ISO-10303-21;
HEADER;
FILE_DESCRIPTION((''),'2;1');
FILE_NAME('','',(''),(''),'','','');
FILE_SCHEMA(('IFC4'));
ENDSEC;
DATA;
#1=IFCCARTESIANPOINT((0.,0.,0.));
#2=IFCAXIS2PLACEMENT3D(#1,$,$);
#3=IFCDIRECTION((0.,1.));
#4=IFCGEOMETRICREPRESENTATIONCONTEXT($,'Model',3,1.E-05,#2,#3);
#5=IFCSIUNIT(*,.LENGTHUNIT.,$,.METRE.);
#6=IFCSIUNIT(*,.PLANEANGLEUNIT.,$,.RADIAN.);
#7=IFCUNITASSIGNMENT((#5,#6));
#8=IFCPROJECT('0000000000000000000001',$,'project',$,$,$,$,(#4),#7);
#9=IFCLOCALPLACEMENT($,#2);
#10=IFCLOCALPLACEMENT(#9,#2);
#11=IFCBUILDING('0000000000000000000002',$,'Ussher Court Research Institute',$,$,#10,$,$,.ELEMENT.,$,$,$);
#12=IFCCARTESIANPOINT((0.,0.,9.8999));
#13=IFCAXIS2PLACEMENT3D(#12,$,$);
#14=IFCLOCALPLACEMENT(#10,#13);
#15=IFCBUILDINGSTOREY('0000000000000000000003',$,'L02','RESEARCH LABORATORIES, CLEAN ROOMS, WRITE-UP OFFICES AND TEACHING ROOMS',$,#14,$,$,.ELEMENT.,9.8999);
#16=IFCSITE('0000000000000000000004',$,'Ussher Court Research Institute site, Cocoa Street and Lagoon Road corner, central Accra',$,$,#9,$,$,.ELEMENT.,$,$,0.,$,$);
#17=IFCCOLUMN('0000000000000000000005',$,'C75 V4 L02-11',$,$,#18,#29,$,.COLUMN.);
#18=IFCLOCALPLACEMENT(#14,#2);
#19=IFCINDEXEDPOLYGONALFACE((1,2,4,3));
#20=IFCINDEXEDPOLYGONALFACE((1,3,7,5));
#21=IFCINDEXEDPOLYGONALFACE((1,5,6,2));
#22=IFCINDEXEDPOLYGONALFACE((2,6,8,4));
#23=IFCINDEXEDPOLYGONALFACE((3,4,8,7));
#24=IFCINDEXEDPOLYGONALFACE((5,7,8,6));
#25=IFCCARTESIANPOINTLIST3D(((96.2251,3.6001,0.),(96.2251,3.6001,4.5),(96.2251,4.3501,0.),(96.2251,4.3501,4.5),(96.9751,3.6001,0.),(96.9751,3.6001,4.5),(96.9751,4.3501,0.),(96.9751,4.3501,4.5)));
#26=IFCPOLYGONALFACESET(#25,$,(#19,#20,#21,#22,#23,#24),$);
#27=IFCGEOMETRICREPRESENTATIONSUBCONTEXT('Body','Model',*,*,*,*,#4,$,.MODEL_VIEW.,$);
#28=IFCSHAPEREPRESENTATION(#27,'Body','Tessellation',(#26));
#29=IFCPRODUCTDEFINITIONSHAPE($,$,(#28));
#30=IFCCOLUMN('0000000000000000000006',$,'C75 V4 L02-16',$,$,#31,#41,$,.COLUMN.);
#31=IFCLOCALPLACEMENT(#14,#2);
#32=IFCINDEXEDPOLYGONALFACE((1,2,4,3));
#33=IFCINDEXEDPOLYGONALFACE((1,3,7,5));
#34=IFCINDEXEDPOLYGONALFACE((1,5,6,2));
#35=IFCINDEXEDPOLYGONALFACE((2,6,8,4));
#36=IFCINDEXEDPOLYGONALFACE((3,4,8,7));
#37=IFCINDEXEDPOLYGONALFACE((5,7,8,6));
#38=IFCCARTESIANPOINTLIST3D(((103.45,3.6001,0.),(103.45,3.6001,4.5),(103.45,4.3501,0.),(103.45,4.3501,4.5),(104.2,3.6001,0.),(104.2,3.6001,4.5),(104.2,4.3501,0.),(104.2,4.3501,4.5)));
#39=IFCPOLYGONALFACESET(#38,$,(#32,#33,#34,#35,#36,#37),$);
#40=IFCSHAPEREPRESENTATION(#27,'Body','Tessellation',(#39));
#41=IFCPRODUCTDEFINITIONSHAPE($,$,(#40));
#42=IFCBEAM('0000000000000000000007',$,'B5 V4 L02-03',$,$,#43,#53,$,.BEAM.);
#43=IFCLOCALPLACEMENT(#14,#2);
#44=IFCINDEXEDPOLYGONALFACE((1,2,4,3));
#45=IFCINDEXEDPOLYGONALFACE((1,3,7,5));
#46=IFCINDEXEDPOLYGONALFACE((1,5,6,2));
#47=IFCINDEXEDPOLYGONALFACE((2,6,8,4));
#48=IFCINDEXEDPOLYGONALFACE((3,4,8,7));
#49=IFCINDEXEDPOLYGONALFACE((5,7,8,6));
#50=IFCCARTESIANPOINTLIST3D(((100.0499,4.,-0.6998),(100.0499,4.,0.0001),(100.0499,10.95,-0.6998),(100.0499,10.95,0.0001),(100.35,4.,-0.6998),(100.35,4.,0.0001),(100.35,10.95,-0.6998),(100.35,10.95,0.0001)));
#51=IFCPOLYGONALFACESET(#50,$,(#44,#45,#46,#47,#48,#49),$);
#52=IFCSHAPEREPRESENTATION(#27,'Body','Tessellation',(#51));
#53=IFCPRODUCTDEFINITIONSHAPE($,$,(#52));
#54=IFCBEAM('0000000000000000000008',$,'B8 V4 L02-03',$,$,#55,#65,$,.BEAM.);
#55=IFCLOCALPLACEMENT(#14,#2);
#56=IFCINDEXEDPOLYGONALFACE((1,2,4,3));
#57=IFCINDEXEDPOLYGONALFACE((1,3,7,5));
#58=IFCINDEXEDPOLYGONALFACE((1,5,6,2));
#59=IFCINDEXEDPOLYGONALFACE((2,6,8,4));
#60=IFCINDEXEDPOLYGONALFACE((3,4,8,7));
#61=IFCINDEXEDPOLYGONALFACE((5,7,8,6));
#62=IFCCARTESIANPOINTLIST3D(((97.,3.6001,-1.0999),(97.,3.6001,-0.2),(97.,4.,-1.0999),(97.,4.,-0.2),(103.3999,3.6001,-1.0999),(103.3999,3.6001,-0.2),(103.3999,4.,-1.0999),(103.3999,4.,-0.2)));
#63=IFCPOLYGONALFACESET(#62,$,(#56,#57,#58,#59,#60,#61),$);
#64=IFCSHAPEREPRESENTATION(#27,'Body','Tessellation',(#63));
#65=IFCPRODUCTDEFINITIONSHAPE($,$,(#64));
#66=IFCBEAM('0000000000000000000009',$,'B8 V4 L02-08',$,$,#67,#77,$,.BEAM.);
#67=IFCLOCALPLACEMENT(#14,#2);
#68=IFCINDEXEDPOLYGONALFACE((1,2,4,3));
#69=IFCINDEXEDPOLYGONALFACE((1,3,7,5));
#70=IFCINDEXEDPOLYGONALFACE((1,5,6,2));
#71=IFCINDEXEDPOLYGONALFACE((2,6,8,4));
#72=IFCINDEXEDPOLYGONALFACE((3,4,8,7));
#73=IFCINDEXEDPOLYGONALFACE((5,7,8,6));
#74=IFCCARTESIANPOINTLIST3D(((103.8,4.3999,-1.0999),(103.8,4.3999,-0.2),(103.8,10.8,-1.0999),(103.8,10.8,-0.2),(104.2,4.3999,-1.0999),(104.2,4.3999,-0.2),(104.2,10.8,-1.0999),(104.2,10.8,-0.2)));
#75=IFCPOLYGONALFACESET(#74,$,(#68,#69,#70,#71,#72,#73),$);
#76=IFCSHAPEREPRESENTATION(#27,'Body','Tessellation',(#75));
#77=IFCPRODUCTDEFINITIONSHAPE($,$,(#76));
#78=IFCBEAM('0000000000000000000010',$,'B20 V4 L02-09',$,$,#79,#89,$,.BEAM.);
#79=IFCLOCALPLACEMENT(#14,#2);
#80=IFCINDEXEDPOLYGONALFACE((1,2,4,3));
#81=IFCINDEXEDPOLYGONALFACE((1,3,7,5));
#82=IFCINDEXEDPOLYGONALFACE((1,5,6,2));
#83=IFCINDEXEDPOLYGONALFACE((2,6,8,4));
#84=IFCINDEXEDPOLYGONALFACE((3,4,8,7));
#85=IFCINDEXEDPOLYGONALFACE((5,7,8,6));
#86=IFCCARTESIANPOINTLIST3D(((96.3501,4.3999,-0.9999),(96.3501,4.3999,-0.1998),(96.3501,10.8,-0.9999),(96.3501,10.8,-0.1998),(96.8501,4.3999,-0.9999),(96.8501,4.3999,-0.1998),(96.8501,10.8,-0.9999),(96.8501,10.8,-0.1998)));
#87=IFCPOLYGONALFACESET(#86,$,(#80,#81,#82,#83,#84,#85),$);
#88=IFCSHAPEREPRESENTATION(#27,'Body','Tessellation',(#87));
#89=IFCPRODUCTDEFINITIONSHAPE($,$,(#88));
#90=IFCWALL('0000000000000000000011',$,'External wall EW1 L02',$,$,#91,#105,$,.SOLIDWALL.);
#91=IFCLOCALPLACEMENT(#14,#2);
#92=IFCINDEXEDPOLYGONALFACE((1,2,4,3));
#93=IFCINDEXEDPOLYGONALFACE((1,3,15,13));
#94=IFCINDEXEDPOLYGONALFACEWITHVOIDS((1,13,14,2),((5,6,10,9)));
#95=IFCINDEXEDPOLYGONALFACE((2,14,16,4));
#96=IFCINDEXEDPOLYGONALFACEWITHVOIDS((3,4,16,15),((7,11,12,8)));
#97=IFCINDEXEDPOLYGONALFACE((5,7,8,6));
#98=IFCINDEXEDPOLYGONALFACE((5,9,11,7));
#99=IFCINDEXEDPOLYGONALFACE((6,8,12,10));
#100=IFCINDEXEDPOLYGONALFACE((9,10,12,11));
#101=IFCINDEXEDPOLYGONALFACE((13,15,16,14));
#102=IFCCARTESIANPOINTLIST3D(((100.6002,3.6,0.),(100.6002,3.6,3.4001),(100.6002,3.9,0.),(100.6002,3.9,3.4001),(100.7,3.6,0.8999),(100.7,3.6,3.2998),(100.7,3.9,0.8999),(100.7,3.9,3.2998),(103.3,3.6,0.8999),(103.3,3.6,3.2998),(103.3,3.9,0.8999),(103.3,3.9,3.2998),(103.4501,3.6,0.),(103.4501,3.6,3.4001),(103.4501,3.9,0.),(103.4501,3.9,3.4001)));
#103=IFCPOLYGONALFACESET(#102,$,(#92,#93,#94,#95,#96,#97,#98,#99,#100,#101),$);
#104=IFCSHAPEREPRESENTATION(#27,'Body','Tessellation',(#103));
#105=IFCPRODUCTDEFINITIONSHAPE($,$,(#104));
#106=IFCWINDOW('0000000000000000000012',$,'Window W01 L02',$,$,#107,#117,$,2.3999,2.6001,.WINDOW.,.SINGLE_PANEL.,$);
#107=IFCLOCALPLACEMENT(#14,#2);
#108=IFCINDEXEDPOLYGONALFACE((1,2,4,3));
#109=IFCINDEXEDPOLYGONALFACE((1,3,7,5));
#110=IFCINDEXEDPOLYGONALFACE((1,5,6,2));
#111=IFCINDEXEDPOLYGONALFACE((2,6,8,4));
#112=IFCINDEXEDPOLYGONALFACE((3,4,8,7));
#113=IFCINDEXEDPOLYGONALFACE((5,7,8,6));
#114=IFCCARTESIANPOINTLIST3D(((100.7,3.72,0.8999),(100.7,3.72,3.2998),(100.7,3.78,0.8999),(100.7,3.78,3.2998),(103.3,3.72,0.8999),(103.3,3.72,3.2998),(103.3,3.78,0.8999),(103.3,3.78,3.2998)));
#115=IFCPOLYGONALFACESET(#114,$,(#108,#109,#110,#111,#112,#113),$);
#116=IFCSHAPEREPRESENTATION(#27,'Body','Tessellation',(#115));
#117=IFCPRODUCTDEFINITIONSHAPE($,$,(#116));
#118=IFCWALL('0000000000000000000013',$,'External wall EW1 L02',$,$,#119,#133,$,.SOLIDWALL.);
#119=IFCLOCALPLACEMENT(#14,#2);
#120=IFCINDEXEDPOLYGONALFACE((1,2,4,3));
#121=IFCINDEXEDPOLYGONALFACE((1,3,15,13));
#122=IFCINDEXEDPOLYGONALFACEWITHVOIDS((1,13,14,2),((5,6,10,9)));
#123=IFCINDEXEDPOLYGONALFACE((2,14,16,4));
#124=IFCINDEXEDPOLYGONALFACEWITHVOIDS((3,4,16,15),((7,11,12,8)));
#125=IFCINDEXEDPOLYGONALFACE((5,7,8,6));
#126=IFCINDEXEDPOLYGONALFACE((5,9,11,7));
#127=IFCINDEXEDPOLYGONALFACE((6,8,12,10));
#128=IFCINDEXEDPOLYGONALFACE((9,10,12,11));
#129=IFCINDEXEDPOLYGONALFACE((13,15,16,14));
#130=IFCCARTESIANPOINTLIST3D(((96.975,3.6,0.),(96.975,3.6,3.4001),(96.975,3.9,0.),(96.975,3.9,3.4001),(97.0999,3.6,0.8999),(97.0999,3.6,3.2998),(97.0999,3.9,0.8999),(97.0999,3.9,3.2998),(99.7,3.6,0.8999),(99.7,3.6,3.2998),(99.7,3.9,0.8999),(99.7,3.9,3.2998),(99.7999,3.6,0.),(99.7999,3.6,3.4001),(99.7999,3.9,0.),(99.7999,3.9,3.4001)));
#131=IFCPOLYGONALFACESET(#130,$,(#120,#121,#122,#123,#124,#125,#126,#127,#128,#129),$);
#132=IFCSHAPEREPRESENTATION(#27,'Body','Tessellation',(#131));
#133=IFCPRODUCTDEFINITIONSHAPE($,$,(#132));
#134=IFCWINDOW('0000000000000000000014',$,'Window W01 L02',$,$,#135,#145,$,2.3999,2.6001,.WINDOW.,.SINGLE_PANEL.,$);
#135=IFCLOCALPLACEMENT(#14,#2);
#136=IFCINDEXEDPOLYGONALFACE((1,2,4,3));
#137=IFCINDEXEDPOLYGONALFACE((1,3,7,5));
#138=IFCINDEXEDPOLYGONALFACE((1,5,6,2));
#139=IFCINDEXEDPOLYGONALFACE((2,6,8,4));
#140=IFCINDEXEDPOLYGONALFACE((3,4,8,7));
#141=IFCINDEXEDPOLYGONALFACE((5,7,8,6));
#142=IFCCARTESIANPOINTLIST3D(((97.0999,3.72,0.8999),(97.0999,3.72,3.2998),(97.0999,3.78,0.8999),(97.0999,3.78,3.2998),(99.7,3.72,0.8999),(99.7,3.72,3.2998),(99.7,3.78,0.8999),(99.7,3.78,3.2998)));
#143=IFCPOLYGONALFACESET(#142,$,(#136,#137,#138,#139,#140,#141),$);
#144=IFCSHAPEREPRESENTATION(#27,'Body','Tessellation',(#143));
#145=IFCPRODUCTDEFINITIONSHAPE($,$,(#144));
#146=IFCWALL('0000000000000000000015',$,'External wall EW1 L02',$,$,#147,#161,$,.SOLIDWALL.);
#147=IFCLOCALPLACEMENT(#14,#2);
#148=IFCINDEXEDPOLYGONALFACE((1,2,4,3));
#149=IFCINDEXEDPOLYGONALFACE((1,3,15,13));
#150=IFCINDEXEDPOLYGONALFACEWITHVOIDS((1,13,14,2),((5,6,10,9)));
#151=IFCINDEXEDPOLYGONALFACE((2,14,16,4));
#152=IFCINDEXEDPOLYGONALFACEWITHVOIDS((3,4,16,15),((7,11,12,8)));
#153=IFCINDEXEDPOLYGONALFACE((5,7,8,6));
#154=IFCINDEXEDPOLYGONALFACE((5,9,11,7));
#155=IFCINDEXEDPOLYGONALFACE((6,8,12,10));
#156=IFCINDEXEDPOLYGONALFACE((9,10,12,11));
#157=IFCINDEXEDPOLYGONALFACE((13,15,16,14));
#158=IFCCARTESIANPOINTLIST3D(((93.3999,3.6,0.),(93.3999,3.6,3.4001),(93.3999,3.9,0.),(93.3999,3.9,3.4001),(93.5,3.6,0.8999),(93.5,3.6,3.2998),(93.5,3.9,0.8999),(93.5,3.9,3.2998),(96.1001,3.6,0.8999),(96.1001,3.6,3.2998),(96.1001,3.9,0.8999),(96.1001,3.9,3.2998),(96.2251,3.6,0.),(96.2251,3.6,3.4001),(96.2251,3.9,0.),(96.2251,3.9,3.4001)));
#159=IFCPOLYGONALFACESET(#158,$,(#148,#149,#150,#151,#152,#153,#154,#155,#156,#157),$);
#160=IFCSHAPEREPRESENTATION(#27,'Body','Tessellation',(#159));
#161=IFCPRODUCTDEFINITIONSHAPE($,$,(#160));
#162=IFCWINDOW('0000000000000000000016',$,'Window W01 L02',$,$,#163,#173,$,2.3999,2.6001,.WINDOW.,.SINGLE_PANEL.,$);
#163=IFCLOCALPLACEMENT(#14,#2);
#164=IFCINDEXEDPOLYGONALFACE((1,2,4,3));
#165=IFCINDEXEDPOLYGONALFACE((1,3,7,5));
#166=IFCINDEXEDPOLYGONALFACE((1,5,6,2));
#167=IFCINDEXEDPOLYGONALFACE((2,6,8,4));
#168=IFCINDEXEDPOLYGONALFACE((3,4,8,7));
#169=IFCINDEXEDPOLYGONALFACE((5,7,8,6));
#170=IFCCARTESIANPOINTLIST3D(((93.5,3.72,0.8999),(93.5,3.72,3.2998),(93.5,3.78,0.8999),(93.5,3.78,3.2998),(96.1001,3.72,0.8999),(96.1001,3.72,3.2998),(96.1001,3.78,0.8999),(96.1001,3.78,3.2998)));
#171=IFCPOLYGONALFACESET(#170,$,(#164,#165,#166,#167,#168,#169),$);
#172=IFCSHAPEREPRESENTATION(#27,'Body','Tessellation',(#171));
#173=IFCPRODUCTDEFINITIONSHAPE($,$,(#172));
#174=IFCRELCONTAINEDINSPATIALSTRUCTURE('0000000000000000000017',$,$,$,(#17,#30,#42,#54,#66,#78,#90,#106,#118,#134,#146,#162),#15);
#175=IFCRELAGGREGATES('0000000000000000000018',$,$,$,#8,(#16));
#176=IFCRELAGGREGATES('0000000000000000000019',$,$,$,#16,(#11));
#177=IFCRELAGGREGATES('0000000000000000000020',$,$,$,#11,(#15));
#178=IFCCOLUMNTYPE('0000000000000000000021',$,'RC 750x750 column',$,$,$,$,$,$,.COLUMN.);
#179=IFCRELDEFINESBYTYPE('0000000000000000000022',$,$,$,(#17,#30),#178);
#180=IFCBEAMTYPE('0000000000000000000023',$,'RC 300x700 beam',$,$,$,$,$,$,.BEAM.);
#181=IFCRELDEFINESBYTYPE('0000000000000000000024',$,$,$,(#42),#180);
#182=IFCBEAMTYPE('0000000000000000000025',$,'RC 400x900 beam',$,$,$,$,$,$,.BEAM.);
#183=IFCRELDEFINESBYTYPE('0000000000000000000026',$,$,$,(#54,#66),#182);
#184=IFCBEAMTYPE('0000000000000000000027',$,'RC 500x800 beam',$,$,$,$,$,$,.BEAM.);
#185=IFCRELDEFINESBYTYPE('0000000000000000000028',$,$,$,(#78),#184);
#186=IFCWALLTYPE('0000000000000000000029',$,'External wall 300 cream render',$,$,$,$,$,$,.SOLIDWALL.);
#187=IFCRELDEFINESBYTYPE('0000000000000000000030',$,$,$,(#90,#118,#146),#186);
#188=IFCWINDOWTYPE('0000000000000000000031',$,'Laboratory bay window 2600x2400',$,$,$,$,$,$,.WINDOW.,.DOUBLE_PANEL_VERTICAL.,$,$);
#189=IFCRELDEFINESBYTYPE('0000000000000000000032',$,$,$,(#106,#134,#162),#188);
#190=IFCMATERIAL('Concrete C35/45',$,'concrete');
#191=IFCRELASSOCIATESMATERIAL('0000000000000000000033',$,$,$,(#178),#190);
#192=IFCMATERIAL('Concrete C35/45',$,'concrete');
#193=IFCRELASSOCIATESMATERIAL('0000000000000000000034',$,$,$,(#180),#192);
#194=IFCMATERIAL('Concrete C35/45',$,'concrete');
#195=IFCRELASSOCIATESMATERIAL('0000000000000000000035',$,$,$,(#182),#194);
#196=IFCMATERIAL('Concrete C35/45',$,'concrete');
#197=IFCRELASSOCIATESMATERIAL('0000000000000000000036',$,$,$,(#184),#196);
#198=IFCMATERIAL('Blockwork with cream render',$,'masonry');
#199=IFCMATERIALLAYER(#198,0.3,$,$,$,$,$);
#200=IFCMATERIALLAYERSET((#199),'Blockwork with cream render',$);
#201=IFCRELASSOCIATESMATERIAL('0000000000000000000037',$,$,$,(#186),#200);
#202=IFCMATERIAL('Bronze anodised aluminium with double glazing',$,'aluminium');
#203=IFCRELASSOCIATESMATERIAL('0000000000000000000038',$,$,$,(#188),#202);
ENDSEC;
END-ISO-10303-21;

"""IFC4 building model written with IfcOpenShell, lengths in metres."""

from ifc_helpers import new_model, si_unit, direction, frame, frame_2d, origin, origin_2d, place, context, subcontext, project, spatial, rectangle, extrude, material, layer, layer_set, material_profile, profile_set, type_object, element, fill, save


model = new_model("IFC4")

# Units and contexts
model_context = context("Model", 3, precision=1e-05, world=origin(), true_north=direction((0.0, 1.0)))
body_context = subcontext(model_context, "Body", "Model", "MODEL_VIEW")
ifc_project = project(units=[si_unit("LENGTHUNIT", "METRE"), si_unit("PLANEANGLEUNIT", "RADIAN")], contexts=[model_context])

# Site, building, storey
site_placement = place(None, origin())
site = spatial("IfcSite", under=ifc_project, at=site_placement, Name="Ussher Court Research Institute site, Cocoa Street and Lagoon Road corner, central Accra", CompositionType="ELEMENT", RefElevation=0.0)
building_placement = place(site_placement, origin())
building = spatial("IfcBuilding", under=site, at=building_placement, Name="Ussher Court Research Institute", CompositionType="ELEMENT")
storey_placement = place(building_placement, frame((0.0, 0.0, 9.8999)))
storey = spatial("IfcBuildingStorey", under=building, at=storey_placement, Name="L02", Description="RESEARCH LABORATORIES, CLEAN ROOMS, WRITE-UP OFFICES AND TEACHING ROOMS", CompositionType="ELEMENT", Elevation=9.8999)

# Columns
ifc_material_1 = material(Name="Concrete C35/45", Category="concrete")
ifc_material_profile_1 = material_profile(ifc_material_1, rectangle(XDim=0.75, YDim=0.75, at=origin_2d()), Name="RC 750x750")
ifc_profile_set_1 = profile_set([ifc_material_profile_1], Name="Concrete C35/45")
column_type = type_object("IfcColumnType", Name="RC 750x750 column", PredefinedType="COLUMN", material=ifc_profile_set_1)
for number, where, z_axis, x_axis, name in (
    (1, (96.6001, 3.9751, 0.0), (0.0, 0.0, 1.0), (1.0, 0.0, 0.0), "C75 V4 L02-11"),
    (2, (103.825, 3.9751, 0.0), (0.0, 0.0, 1.0), (1.0, 0.0, 0.0), "C75 V4 L02-16"),
):
    element("IfcColumn", number, at=place(storey_placement, frame(where, z_axis=z_axis, x_axis=x_axis)), inside=storey, type_object=column_type, Name=name, PredefinedType="COLUMN", context=body_context, shape_type="SweptSolid", body=[
        extrude(rectangle(XDim=0.75, YDim=0.75, at=origin_2d()), origin(), (0.0, 0.0, 1.0), 4.5),
    ])

# Beams
ifc_material_2 = material(Name="Concrete C35/45", Category="concrete")
ifc_material_profile_2 = material_profile(ifc_material_2, rectangle(XDim=0.3, YDim=0.7, at=origin_2d()), Name="RC 300x700")
ifc_profile_set_2 = profile_set([ifc_material_profile_2], Name="Concrete C35/45")
beam_type_1 = type_object("IfcBeamType", Name="RC 300x700 beam", PredefinedType="BEAM", material=ifc_profile_set_2)
beam_1_placement = place(storey_placement, frame((100.2, 4.0, -0.3499), z_axis=(0.0, 1.0, 0.0), x_axis=(-1.0, 0.0, 0.0)))
element("IfcBeam", 3, at=beam_1_placement, inside=storey, type_object=beam_type_1, Name="B5 V4 L02-03", PredefinedType="BEAM", context=body_context, shape_type="SweptSolid", body=[
    extrude(rectangle(XDim=0.3, YDim=0.7, at=origin_2d()), origin(), (0.0, 0.0, 1.0), 6.95),
])
ifc_material_3 = material(Name="Concrete C35/45", Category="concrete")
ifc_material_profile_3 = material_profile(ifc_material_3, rectangle(XDim=0.3999, YDim=0.8999, at=origin_2d()), Name="RC 400x900")
ifc_profile_set_3 = profile_set([ifc_material_profile_3], Name="Concrete C35/45")
beam_type_2 = type_object("IfcBeamType", Name="RC 400x900 beam", PredefinedType="BEAM", material=ifc_profile_set_3)
beam_2_placement = place(storey_placement, frame((97.0, 3.8, -0.6499), z_axis=(1.0, 0.0, 0.0), x_axis=(0.0, 1.0, 0.0)))
element("IfcBeam", 4, at=beam_2_placement, inside=storey, type_object=beam_type_2, Name="B8 V4 L02-03", PredefinedType="BEAM", context=body_context, shape_type="SweptSolid", body=[
    extrude(rectangle(XDim=0.3999, YDim=0.8999, at=origin_2d()), origin(), (0.0, 0.0, 1.0), 6.3999),
])
beam_3_placement = place(storey_placement, frame((104.0, 4.3999, -0.6499), z_axis=(0.0, 1.0, 0.0), x_axis=(-1.0, 0.0, 0.0)))
element("IfcBeam", 5, at=beam_3_placement, inside=storey, type_object=beam_type_2, Name="B8 V4 L02-08", PredefinedType="BEAM", context=body_context, shape_type="SweptSolid", body=[
    extrude(rectangle(XDim=0.3999, YDim=0.8999, at=origin_2d()), origin(), (0.0, 0.0, 1.0), 6.4001),
])
ifc_material_4 = material(Name="Concrete C35/45", Category="concrete")
ifc_material_profile_4 = material_profile(ifc_material_4, rectangle(XDim=0.5, YDim=0.8, at=origin_2d()), Name="RC 500x800")
ifc_profile_set_4 = profile_set([ifc_material_profile_4], Name="Concrete C35/45")
beam_type_3 = type_object("IfcBeamType", Name="RC 500x800 beam", PredefinedType="BEAM", material=ifc_profile_set_4)
beam_4_placement = place(storey_placement, frame((96.6001, 4.3999, -0.5999), z_axis=(0.0, 1.0, 0.0), x_axis=(-1.0, 0.0, 0.0)))
element("IfcBeam", 6, at=beam_4_placement, inside=storey, type_object=beam_type_3, Name="B20 V4 L02-09", PredefinedType="BEAM", context=body_context, shape_type="SweptSolid", body=[
    extrude(rectangle(XDim=0.5, YDim=0.8, at=origin_2d()), origin(), (0.0, 0.0, 1.0), 6.4001),
])

# Walls, openings, windows
ifc_material_5 = material(Name="Blockwork with cream render", Category="masonry")
ifc_layer_1 = layer(ifc_material_5, 0.3)
ifc_layer_set_1 = layer_set([ifc_layer_1], Name="Blockwork with cream render")
wall_type_1 = type_object("IfcWallType", Name="External wall 300 cream render", PredefinedType="SOLIDWALL", material=ifc_layer_set_1)
wall_1_placement = place(storey_placement, frame((103.45, 3.75, 0.0), z_axis=(0.0, 0.0, 1.0), x_axis=(-1.0, 0.0, 0.0)))
wall_1 = element("IfcWall", 7, at=wall_1_placement, inside=storey, type_object=wall_type_1, Name="External wall EW1 L02", PredefinedType="SOLIDWALL", context=body_context, shape_type="SweptSolid", body=[
    extrude(rectangle(XDim=2.8499, YDim=0.3, at=frame_2d((1.4248, 0.0))), origin(), (0.0, 0.0, 1.0), 3.4001),
])
opening_1_placement = place(wall_1_placement, frame((0.1499, 0.0, 0.8999)))
opening_1 = element("IfcOpeningElement", 8, at=opening_1_placement, cuts=wall_1, PredefinedType="OPENING", context=body_context, shape_type="SweptSolid", body=[
    extrude(rectangle(XDim=2.6001, YDim=2.3999, at=frame_2d((1.3, 1.2))), frame((0.0, 0.1602, 0.0), z_axis=(0.0, -1.0, 0.0), x_axis=(1.0, 0.0, 0.0)), (0.0, 0.0, 1.0), 0.3201),
])
ifc_material_6 = material(Name="Bronze anodised aluminium with double glazing", Category="aluminium")
window_type = type_object("IfcWindowType", Name="Laboratory bay window 2600x2400", PartitioningType="DOUBLE_PANEL_VERTICAL", PredefinedType="WINDOW", material=ifc_material_6)
window_1_placement = place(opening_1_placement, origin())
window_1 = element("IfcWindow", 9, at=window_1_placement, inside=storey, type_object=window_type, Name="Window W01 L02", OverallHeight=2.3999, OverallWidth=2.6001, PartitioningType="SINGLE_PANEL", PredefinedType="WINDOW", context=body_context, shape_type="SweptSolid", body=[
    extrude(rectangle(XDim=2.6001, YDim=2.3999, at=frame_2d((1.3, 1.2))), frame((0.0, 0.03, 0.0), z_axis=(0.0, -1.0, 0.0), x_axis=(1.0, 0.0, 0.0)), (0.0, 0.0, 1.0), 0.0601),
])
fill(opening_1, window_1)
wall_2_placement = place(storey_placement, frame((99.8, 3.75, 0.0), z_axis=(0.0, 0.0, 1.0), x_axis=(-1.0, 0.0, 0.0)))
wall_2 = element("IfcWall", 10, at=wall_2_placement, inside=storey, type_object=wall_type_1, Name="External wall EW1 L02", PredefinedType="SOLIDWALL", context=body_context, shape_type="SweptSolid", body=[
    extrude(rectangle(XDim=2.825, YDim=0.3, at=frame_2d((1.4126, 0.0))), origin(), (0.0, 0.0, 1.0), 3.4001),
])
opening_2_placement = place(wall_2_placement, frame((0.1001, 0.0, 0.8999)))
opening_2 = element("IfcOpeningElement", 11, at=opening_2_placement, cuts=wall_2, PredefinedType="OPENING", context=body_context, shape_type="SweptSolid", body=[
    extrude(rectangle(XDim=2.6001, YDim=2.3999, at=frame_2d((1.3, 1.2))), frame((0.0, 0.1602, 0.0), z_axis=(0.0, -1.0, 0.0), x_axis=(1.0, 0.0, 0.0)), (0.0, 0.0, 1.0), 0.3201),
])
window_2_placement = place(opening_2_placement, origin())
window_2 = element("IfcWindow", 12, at=window_2_placement, inside=storey, type_object=window_type, Name="Window W01 L02", OverallHeight=2.3999, OverallWidth=2.6001, PartitioningType="SINGLE_PANEL", PredefinedType="WINDOW", context=body_context, shape_type="SweptSolid", body=[
    extrude(rectangle(XDim=2.6001, YDim=2.3999, at=frame_2d((1.3, 1.2))), frame((0.0, 0.03, 0.0), z_axis=(0.0, -1.0, 0.0), x_axis=(1.0, 0.0, 0.0)), (0.0, 0.0, 1.0), 0.0601),
])
fill(opening_2, window_2)
wall_3_placement = place(storey_placement, frame((96.2251, 3.75, 0.0), z_axis=(0.0, 0.0, 1.0), x_axis=(-1.0, 0.0, 0.0)))
wall_3 = element("IfcWall", 13, at=wall_3_placement, inside=storey, type_object=wall_type_1, Name="External wall EW1 L02", PredefinedType="SOLIDWALL", context=body_context, shape_type="SweptSolid", body=[
    extrude(rectangle(XDim=2.8252, YDim=0.3, at=frame_2d((1.4126, 0.0))), origin(), (0.0, 0.0, 1.0), 3.4001),
])
opening_3_placement = place(wall_3_placement, frame((0.125, 0.0, 0.8999)))
opening_3 = element("IfcOpeningElement", 14, at=opening_3_placement, cuts=wall_3, PredefinedType="OPENING", context=body_context, shape_type="SweptSolid", body=[
    extrude(rectangle(XDim=2.6001, YDim=2.3999, at=frame_2d((1.3, 1.2))), frame((0.0, 0.1602, 0.0), z_axis=(0.0, -1.0, 0.0), x_axis=(1.0, 0.0, 0.0)), (0.0, 0.0, 1.0), 0.3201),
])
window_3_placement = place(opening_3_placement, origin())
window_3 = element("IfcWindow", 15, at=window_3_placement, inside=storey, type_object=window_type, Name="Window W01 L02", OverallHeight=2.3999, OverallWidth=2.6001, PartitioningType="SINGLE_PANEL", PredefinedType="WINDOW", context=body_context, shape_type="SweptSolid", body=[
    extrude(rectangle(XDim=2.6001, YDim=2.3999, at=frame_2d((1.3, 1.2))), frame((0.0, 0.03, 0.0), z_axis=(0.0, -1.0, 0.0), x_axis=(1.0, 0.0, 0.0)), (0.0, 0.0, 1.0), 0.0601),
])
fill(opening_3, window_3)

save(model, "model.ifc")
